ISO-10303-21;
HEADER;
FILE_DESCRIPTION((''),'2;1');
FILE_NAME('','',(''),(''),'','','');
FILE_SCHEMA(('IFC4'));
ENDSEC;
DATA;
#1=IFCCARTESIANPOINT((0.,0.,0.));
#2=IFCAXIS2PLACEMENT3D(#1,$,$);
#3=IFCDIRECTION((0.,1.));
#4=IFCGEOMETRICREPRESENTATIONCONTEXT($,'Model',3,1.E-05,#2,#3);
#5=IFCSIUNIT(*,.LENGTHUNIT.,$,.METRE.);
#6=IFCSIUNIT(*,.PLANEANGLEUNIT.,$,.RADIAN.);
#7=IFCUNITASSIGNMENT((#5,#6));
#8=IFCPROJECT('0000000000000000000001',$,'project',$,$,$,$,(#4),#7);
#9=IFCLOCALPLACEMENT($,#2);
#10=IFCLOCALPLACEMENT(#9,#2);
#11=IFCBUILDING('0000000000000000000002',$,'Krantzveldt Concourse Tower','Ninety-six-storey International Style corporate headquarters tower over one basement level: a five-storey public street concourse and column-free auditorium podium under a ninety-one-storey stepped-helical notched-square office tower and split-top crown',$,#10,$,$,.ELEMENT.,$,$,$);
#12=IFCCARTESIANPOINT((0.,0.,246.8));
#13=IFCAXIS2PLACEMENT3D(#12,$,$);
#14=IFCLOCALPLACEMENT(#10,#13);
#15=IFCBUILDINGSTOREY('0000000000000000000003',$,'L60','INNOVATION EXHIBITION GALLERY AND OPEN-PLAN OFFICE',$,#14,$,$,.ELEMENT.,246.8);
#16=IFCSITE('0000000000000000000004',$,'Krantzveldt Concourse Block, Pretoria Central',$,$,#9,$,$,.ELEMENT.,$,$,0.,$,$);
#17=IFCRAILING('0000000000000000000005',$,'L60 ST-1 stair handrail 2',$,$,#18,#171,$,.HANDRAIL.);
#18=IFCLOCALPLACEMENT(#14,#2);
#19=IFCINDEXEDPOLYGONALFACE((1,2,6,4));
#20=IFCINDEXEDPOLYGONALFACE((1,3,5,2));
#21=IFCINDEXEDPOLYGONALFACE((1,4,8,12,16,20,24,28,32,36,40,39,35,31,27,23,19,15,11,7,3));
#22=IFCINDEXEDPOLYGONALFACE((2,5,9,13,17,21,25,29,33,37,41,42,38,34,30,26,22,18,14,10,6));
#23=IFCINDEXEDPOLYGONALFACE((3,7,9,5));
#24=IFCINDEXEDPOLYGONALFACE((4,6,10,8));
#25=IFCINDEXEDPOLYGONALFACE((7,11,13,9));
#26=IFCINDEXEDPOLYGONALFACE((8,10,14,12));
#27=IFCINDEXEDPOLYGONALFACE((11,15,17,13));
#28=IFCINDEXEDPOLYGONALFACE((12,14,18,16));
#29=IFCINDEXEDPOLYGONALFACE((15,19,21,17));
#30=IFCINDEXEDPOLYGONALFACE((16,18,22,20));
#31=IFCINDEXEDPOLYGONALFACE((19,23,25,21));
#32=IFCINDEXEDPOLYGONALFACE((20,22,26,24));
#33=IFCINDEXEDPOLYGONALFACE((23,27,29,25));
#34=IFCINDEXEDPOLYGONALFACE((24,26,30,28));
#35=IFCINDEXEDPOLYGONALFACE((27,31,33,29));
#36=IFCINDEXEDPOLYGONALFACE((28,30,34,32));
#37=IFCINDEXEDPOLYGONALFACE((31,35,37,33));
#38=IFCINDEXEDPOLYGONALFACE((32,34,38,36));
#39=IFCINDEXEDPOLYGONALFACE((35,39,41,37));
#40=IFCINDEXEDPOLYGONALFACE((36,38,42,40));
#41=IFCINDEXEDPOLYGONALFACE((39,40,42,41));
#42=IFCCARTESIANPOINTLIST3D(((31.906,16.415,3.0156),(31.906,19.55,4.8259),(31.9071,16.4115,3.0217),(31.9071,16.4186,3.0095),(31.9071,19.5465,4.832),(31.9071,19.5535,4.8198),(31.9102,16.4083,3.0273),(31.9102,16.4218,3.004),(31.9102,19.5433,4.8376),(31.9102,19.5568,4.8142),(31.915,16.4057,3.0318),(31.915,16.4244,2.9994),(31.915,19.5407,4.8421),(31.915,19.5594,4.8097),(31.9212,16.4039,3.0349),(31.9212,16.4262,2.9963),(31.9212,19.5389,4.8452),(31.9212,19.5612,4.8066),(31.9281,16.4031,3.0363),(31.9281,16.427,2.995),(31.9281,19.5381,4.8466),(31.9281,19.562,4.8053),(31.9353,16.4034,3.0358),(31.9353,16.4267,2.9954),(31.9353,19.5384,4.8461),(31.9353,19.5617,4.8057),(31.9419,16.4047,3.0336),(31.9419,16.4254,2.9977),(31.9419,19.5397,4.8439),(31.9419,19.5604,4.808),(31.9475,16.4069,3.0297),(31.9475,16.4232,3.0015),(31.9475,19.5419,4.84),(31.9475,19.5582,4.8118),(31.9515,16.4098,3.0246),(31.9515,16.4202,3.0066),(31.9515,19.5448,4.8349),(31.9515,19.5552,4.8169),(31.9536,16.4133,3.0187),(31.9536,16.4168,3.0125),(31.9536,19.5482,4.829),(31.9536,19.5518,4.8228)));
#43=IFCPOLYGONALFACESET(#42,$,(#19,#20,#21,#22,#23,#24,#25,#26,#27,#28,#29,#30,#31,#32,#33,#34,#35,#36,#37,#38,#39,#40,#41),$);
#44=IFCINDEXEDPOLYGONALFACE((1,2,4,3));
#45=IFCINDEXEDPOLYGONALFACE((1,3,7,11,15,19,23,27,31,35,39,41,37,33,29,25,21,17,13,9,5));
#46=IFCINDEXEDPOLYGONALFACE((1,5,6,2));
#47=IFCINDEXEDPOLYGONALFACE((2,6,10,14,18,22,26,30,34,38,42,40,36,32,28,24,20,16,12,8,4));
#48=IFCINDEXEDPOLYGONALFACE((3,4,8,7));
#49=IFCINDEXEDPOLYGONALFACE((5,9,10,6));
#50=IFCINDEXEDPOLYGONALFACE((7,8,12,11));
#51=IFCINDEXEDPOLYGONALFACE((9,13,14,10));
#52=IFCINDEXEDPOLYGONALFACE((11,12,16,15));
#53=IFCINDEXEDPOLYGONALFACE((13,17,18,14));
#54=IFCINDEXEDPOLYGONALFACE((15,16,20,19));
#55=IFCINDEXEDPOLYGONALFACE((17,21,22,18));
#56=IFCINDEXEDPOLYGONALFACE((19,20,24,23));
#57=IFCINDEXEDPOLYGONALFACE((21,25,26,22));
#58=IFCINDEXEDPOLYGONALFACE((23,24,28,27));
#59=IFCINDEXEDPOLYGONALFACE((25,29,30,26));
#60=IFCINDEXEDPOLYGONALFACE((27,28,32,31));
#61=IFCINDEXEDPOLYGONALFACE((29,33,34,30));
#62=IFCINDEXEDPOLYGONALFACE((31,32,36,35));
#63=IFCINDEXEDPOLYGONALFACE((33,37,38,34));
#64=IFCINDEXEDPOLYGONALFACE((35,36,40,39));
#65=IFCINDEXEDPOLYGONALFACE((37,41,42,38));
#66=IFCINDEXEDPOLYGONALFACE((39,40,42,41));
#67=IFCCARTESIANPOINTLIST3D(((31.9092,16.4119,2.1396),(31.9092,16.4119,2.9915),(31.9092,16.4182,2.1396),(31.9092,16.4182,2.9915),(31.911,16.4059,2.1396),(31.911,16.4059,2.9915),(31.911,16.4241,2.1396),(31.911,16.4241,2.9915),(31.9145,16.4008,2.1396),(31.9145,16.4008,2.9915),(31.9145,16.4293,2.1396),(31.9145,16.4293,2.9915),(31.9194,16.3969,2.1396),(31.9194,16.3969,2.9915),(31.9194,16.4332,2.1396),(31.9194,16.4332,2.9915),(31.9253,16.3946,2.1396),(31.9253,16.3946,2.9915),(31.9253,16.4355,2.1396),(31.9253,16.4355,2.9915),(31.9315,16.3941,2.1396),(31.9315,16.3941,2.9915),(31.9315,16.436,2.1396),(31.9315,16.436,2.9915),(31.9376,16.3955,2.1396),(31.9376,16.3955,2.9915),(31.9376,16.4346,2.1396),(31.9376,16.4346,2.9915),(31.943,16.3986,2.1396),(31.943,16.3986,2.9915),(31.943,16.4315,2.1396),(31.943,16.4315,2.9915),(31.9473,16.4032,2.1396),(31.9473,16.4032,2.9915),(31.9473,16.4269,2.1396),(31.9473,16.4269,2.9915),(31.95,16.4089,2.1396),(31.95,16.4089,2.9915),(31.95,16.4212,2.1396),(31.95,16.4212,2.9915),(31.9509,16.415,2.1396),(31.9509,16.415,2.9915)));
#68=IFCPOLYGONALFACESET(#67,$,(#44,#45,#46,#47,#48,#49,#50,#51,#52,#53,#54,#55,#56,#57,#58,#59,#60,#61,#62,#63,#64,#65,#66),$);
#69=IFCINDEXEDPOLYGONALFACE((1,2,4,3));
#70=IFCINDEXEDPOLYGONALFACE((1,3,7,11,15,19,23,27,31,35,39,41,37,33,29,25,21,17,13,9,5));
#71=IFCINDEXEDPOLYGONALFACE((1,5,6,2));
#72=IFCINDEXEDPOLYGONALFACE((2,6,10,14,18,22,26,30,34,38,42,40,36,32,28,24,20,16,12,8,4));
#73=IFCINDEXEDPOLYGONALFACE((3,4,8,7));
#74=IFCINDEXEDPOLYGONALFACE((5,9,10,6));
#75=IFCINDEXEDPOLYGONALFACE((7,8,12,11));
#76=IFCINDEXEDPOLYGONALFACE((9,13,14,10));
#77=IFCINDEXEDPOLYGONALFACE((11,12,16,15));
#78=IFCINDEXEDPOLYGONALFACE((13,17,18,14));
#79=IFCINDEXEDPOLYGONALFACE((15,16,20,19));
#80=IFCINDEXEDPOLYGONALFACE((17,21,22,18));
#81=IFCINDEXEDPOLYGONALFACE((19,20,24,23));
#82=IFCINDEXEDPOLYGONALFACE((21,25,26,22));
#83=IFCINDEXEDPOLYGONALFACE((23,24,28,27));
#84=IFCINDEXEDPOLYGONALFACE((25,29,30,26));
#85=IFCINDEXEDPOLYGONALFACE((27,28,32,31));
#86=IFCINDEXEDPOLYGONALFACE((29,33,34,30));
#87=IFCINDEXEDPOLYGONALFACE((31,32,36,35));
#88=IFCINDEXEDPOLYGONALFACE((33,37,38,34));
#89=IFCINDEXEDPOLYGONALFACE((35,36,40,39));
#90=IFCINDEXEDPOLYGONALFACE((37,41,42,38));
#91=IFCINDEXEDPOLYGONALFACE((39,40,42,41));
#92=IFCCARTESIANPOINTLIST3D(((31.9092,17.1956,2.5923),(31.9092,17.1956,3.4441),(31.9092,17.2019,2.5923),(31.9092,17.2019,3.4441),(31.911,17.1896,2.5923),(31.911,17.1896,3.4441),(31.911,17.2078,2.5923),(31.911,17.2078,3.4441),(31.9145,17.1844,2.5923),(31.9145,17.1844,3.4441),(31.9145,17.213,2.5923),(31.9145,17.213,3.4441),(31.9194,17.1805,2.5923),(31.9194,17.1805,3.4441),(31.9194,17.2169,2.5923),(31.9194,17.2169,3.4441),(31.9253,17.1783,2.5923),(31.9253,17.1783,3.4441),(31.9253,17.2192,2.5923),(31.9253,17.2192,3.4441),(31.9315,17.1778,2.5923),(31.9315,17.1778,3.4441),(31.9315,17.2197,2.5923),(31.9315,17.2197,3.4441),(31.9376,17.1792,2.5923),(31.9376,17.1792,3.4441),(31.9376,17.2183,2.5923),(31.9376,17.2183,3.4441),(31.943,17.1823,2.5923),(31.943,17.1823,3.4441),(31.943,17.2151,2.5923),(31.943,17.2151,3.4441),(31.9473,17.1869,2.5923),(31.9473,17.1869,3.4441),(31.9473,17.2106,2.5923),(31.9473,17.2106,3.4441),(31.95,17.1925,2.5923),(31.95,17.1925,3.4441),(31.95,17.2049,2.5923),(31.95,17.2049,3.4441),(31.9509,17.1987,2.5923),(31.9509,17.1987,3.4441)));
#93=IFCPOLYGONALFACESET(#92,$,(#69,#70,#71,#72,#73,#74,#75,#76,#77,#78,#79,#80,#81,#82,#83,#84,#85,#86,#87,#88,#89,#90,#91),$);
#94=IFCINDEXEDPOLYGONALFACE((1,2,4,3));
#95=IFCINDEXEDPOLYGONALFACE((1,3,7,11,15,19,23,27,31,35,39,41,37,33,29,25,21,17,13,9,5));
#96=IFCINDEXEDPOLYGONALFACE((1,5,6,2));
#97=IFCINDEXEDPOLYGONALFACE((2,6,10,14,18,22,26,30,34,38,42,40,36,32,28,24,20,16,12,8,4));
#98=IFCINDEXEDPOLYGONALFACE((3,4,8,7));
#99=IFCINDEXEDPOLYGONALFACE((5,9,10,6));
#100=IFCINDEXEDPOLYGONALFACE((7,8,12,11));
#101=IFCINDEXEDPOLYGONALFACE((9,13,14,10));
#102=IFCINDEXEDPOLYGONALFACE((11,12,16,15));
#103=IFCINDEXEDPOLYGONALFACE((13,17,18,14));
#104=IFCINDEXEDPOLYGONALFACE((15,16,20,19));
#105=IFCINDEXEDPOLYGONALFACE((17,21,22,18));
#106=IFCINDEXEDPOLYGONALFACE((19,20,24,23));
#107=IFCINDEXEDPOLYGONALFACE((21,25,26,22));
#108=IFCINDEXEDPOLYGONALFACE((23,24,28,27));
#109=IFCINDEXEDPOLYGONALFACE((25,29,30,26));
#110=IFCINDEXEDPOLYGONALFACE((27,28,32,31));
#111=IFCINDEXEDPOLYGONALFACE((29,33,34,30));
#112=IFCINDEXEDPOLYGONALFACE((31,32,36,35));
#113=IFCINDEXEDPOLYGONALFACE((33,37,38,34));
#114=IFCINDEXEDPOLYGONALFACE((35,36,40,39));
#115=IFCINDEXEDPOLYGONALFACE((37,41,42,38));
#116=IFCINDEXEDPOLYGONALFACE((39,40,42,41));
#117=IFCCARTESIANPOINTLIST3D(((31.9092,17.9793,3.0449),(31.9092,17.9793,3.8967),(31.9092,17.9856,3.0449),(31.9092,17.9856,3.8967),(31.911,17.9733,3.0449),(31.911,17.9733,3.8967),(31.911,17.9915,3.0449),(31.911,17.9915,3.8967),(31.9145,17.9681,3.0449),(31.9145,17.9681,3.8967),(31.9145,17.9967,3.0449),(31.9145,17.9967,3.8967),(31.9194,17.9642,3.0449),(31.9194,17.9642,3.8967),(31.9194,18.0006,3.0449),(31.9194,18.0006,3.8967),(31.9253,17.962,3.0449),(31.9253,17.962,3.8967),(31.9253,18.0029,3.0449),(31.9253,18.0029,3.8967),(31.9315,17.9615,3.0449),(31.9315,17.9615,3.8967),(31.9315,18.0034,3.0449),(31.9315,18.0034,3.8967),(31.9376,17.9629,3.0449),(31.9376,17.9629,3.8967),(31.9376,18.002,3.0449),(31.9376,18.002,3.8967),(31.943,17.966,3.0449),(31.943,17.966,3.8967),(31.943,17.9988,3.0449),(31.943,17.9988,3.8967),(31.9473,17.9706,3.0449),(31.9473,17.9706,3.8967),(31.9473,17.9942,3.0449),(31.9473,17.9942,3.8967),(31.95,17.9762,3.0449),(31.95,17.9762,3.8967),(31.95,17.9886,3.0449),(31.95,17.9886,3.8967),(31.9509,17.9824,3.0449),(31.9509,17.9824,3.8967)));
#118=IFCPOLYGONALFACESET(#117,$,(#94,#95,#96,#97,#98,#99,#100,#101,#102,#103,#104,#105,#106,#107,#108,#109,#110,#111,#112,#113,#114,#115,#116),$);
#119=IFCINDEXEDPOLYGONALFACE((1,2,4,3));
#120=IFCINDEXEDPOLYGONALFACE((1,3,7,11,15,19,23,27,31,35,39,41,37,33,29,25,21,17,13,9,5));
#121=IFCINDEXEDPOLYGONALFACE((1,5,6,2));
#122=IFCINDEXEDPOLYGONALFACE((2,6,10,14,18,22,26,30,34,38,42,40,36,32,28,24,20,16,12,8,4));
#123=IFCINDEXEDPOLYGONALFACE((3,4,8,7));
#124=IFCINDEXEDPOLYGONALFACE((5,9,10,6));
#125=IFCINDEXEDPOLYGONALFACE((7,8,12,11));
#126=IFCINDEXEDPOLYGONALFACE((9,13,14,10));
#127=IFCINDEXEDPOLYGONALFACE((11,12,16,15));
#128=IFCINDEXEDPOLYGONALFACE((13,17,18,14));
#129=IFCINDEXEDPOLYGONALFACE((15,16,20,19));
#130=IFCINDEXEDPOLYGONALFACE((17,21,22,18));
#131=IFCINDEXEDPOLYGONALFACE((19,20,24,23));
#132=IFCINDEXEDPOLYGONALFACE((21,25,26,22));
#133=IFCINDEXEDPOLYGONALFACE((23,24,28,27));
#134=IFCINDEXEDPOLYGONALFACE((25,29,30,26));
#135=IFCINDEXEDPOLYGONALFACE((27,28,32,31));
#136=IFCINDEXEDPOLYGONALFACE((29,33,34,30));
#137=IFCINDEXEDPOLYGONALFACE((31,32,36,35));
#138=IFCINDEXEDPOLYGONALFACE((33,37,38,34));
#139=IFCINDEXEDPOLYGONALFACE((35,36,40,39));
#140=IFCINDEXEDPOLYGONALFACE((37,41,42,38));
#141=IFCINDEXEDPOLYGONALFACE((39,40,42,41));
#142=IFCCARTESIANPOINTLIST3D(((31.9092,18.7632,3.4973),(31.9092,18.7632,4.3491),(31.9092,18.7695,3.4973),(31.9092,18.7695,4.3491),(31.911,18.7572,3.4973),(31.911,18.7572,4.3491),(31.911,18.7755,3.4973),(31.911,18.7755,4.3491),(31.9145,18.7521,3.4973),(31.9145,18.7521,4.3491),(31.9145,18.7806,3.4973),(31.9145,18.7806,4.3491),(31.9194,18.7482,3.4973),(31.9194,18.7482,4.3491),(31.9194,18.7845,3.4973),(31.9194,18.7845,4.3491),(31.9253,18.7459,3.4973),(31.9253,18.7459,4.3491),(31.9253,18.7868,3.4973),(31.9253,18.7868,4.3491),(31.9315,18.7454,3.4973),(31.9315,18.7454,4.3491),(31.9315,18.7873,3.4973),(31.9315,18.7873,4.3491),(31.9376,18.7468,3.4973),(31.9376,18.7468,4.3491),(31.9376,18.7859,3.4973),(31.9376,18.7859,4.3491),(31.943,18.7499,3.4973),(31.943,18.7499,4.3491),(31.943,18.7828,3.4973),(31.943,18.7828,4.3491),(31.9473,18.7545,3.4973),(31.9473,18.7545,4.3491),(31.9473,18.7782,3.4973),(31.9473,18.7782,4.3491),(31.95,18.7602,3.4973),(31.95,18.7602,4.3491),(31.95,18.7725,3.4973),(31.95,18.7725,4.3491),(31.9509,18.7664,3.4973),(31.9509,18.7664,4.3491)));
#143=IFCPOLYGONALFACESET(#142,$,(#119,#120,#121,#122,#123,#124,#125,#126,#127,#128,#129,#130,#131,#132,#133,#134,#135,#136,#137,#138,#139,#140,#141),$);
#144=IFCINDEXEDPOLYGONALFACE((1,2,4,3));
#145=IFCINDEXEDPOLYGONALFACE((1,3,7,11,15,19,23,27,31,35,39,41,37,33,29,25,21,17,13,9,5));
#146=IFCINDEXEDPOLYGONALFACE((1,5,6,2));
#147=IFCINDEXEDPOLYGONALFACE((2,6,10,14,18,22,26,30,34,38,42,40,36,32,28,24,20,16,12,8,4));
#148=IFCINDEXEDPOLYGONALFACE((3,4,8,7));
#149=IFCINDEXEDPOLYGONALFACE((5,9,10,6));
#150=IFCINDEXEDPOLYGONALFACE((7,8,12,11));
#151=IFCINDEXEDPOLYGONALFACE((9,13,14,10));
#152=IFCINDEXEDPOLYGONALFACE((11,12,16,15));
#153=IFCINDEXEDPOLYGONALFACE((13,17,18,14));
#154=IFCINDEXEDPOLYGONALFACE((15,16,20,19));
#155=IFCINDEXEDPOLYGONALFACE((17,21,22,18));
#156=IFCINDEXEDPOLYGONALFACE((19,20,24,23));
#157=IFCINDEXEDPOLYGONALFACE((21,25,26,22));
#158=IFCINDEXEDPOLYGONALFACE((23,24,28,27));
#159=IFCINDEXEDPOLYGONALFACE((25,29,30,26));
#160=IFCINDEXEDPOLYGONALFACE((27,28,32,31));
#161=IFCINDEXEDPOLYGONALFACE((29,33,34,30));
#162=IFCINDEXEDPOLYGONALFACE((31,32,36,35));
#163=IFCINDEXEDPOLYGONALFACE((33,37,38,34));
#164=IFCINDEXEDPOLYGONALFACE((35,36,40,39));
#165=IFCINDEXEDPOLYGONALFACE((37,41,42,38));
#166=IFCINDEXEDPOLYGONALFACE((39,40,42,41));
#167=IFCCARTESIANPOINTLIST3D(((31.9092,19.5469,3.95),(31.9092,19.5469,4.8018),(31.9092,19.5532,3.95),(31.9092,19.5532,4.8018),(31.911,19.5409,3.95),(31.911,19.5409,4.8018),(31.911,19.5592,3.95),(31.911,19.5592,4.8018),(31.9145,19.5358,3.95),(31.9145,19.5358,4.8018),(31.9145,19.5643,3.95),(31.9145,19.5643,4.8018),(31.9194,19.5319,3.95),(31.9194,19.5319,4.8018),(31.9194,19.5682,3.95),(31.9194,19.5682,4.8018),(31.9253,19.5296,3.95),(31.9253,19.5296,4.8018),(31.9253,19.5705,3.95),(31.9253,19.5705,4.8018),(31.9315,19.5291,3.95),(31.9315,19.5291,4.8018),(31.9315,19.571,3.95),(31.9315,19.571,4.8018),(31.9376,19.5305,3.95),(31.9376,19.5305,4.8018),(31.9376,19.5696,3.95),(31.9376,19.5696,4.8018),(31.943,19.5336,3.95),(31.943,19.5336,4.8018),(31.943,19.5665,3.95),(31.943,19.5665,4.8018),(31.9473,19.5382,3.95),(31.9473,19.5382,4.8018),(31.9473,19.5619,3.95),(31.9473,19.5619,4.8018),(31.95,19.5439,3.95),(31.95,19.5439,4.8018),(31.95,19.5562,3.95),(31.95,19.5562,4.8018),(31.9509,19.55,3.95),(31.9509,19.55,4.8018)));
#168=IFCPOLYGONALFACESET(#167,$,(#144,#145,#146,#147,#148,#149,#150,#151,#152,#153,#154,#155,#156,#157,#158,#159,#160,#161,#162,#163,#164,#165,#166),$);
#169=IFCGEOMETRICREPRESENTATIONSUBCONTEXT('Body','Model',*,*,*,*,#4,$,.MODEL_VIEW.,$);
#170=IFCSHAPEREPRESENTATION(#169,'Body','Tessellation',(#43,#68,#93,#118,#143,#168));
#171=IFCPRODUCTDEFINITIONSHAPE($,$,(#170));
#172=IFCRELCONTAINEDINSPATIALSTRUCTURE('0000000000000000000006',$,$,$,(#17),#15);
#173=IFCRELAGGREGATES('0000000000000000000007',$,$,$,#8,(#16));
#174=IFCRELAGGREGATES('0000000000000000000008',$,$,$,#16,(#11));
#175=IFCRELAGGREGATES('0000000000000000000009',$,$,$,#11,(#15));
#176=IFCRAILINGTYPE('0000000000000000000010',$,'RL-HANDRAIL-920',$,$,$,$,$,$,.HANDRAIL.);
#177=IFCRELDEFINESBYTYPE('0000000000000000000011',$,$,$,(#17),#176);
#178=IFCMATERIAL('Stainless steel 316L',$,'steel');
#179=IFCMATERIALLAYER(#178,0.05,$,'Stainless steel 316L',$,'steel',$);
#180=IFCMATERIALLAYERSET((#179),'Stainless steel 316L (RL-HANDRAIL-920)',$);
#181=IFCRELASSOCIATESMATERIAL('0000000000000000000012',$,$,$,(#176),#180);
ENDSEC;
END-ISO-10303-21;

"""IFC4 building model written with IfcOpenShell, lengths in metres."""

from ifc_helpers import new_model, si_unit, direction, frame, origin, origin_2d, place, context, subcontext, project, spatial, circle, extrude, material, layer, layer_set, type_object, element, save


model = new_model("IFC4")

# Units and contexts
model_context = context("Model", 3, precision=1e-05, world=origin(), true_north=direction((0.0, 1.0)))
body_context = subcontext(model_context, "Body", "Model", "MODEL_VIEW")
ifc_project = project(units=[si_unit("LENGTHUNIT", "METRE"), si_unit("PLANEANGLEUNIT", "RADIAN")], contexts=[model_context])

# Site, building, storey
site_placement = place(None, origin())
site = spatial("IfcSite", under=ifc_project, at=site_placement, Name="Krantzveldt Concourse Block, Pretoria Central", CompositionType="ELEMENT", RefElevation=0.0)
building_placement = place(site_placement, origin())
building = spatial("IfcBuilding", under=site, at=building_placement, Name="Krantzveldt Concourse Tower", Description="Ninety-six-storey International Style corporate headquarters tower over one basement level: a five-storey public street concourse and column-free auditorium podium under a ninety-one-storey stepped-helical notched-square office tower and split-top crown", CompositionType="ELEMENT")
storey_placement = place(building_placement, frame((0.0, 0.0, 246.8)))
storey = spatial("IfcBuildingStorey", under=building, at=storey_placement, Name="L60", Description="INNOVATION EXHIBITION GALLERY AND OPEN-PLAN OFFICE", CompositionType="ELEMENT", Elevation=246.8)

# Shared definitions
ifc_material_1 = material(Name="Stainless steel 316L", Category="steel")

# Railing
ifc_layer_1 = layer(ifc_material_1, 0.05, Name="Stainless steel 316L", Category="steel")
ifc_layer_set_1 = layer_set([ifc_layer_1], Name="Stainless steel 316L (RL-HANDRAIL-920)")
railing_type_1 = type_object("IfcRailingType", Name="RL-HANDRAIL-920", PredefinedType="HANDRAIL", material=ifc_layer_set_1)
railing_1_placement = place(storey_placement, frame((31.9299, 16.415, 2.1396)))
element("IfcRailing", 1, at=railing_1_placement, inside=storey, type_object=railing_type_1, Name="L60 ST-1 stair handrail 2", PredefinedType="HANDRAIL", context=body_context, shape_type="SweptSolid", body=[
    extrude(circle(Radius=0.0239, at=origin_2d()), frame((0.0, 0.0, 0.876), z_axis=(0.0, 0.865989, 0.500063), x_axis=(-1.0, 0.0, 0.0)), (0.0, 0.0, 1.0), 3.6201),
    extrude(circle(Radius=0.021, at=origin_2d()), origin(), (0.0, 0.0, 1.0), 0.8518),
    extrude(circle(Radius=0.021, at=origin_2d()), frame((0.0, 0.7837, 0.4526)), (0.0, 0.0, 1.0), 0.8518),
    extrude(circle(Radius=0.021, at=origin_2d()), frame((0.0, 1.5674, 0.9053)), (0.0, 0.0, 1.0), 0.8518),
    extrude(circle(Radius=0.021, at=origin_2d()), frame((0.0, 2.3513, 1.3577)), (0.0, 0.0, 1.0), 0.8518),
    extrude(circle(Radius=0.021, at=origin_2d()), frame((0.0, 3.135, 1.8103)), (0.0, 0.0, 1.0), 0.8518),
])

save(model, "model.ifc")
